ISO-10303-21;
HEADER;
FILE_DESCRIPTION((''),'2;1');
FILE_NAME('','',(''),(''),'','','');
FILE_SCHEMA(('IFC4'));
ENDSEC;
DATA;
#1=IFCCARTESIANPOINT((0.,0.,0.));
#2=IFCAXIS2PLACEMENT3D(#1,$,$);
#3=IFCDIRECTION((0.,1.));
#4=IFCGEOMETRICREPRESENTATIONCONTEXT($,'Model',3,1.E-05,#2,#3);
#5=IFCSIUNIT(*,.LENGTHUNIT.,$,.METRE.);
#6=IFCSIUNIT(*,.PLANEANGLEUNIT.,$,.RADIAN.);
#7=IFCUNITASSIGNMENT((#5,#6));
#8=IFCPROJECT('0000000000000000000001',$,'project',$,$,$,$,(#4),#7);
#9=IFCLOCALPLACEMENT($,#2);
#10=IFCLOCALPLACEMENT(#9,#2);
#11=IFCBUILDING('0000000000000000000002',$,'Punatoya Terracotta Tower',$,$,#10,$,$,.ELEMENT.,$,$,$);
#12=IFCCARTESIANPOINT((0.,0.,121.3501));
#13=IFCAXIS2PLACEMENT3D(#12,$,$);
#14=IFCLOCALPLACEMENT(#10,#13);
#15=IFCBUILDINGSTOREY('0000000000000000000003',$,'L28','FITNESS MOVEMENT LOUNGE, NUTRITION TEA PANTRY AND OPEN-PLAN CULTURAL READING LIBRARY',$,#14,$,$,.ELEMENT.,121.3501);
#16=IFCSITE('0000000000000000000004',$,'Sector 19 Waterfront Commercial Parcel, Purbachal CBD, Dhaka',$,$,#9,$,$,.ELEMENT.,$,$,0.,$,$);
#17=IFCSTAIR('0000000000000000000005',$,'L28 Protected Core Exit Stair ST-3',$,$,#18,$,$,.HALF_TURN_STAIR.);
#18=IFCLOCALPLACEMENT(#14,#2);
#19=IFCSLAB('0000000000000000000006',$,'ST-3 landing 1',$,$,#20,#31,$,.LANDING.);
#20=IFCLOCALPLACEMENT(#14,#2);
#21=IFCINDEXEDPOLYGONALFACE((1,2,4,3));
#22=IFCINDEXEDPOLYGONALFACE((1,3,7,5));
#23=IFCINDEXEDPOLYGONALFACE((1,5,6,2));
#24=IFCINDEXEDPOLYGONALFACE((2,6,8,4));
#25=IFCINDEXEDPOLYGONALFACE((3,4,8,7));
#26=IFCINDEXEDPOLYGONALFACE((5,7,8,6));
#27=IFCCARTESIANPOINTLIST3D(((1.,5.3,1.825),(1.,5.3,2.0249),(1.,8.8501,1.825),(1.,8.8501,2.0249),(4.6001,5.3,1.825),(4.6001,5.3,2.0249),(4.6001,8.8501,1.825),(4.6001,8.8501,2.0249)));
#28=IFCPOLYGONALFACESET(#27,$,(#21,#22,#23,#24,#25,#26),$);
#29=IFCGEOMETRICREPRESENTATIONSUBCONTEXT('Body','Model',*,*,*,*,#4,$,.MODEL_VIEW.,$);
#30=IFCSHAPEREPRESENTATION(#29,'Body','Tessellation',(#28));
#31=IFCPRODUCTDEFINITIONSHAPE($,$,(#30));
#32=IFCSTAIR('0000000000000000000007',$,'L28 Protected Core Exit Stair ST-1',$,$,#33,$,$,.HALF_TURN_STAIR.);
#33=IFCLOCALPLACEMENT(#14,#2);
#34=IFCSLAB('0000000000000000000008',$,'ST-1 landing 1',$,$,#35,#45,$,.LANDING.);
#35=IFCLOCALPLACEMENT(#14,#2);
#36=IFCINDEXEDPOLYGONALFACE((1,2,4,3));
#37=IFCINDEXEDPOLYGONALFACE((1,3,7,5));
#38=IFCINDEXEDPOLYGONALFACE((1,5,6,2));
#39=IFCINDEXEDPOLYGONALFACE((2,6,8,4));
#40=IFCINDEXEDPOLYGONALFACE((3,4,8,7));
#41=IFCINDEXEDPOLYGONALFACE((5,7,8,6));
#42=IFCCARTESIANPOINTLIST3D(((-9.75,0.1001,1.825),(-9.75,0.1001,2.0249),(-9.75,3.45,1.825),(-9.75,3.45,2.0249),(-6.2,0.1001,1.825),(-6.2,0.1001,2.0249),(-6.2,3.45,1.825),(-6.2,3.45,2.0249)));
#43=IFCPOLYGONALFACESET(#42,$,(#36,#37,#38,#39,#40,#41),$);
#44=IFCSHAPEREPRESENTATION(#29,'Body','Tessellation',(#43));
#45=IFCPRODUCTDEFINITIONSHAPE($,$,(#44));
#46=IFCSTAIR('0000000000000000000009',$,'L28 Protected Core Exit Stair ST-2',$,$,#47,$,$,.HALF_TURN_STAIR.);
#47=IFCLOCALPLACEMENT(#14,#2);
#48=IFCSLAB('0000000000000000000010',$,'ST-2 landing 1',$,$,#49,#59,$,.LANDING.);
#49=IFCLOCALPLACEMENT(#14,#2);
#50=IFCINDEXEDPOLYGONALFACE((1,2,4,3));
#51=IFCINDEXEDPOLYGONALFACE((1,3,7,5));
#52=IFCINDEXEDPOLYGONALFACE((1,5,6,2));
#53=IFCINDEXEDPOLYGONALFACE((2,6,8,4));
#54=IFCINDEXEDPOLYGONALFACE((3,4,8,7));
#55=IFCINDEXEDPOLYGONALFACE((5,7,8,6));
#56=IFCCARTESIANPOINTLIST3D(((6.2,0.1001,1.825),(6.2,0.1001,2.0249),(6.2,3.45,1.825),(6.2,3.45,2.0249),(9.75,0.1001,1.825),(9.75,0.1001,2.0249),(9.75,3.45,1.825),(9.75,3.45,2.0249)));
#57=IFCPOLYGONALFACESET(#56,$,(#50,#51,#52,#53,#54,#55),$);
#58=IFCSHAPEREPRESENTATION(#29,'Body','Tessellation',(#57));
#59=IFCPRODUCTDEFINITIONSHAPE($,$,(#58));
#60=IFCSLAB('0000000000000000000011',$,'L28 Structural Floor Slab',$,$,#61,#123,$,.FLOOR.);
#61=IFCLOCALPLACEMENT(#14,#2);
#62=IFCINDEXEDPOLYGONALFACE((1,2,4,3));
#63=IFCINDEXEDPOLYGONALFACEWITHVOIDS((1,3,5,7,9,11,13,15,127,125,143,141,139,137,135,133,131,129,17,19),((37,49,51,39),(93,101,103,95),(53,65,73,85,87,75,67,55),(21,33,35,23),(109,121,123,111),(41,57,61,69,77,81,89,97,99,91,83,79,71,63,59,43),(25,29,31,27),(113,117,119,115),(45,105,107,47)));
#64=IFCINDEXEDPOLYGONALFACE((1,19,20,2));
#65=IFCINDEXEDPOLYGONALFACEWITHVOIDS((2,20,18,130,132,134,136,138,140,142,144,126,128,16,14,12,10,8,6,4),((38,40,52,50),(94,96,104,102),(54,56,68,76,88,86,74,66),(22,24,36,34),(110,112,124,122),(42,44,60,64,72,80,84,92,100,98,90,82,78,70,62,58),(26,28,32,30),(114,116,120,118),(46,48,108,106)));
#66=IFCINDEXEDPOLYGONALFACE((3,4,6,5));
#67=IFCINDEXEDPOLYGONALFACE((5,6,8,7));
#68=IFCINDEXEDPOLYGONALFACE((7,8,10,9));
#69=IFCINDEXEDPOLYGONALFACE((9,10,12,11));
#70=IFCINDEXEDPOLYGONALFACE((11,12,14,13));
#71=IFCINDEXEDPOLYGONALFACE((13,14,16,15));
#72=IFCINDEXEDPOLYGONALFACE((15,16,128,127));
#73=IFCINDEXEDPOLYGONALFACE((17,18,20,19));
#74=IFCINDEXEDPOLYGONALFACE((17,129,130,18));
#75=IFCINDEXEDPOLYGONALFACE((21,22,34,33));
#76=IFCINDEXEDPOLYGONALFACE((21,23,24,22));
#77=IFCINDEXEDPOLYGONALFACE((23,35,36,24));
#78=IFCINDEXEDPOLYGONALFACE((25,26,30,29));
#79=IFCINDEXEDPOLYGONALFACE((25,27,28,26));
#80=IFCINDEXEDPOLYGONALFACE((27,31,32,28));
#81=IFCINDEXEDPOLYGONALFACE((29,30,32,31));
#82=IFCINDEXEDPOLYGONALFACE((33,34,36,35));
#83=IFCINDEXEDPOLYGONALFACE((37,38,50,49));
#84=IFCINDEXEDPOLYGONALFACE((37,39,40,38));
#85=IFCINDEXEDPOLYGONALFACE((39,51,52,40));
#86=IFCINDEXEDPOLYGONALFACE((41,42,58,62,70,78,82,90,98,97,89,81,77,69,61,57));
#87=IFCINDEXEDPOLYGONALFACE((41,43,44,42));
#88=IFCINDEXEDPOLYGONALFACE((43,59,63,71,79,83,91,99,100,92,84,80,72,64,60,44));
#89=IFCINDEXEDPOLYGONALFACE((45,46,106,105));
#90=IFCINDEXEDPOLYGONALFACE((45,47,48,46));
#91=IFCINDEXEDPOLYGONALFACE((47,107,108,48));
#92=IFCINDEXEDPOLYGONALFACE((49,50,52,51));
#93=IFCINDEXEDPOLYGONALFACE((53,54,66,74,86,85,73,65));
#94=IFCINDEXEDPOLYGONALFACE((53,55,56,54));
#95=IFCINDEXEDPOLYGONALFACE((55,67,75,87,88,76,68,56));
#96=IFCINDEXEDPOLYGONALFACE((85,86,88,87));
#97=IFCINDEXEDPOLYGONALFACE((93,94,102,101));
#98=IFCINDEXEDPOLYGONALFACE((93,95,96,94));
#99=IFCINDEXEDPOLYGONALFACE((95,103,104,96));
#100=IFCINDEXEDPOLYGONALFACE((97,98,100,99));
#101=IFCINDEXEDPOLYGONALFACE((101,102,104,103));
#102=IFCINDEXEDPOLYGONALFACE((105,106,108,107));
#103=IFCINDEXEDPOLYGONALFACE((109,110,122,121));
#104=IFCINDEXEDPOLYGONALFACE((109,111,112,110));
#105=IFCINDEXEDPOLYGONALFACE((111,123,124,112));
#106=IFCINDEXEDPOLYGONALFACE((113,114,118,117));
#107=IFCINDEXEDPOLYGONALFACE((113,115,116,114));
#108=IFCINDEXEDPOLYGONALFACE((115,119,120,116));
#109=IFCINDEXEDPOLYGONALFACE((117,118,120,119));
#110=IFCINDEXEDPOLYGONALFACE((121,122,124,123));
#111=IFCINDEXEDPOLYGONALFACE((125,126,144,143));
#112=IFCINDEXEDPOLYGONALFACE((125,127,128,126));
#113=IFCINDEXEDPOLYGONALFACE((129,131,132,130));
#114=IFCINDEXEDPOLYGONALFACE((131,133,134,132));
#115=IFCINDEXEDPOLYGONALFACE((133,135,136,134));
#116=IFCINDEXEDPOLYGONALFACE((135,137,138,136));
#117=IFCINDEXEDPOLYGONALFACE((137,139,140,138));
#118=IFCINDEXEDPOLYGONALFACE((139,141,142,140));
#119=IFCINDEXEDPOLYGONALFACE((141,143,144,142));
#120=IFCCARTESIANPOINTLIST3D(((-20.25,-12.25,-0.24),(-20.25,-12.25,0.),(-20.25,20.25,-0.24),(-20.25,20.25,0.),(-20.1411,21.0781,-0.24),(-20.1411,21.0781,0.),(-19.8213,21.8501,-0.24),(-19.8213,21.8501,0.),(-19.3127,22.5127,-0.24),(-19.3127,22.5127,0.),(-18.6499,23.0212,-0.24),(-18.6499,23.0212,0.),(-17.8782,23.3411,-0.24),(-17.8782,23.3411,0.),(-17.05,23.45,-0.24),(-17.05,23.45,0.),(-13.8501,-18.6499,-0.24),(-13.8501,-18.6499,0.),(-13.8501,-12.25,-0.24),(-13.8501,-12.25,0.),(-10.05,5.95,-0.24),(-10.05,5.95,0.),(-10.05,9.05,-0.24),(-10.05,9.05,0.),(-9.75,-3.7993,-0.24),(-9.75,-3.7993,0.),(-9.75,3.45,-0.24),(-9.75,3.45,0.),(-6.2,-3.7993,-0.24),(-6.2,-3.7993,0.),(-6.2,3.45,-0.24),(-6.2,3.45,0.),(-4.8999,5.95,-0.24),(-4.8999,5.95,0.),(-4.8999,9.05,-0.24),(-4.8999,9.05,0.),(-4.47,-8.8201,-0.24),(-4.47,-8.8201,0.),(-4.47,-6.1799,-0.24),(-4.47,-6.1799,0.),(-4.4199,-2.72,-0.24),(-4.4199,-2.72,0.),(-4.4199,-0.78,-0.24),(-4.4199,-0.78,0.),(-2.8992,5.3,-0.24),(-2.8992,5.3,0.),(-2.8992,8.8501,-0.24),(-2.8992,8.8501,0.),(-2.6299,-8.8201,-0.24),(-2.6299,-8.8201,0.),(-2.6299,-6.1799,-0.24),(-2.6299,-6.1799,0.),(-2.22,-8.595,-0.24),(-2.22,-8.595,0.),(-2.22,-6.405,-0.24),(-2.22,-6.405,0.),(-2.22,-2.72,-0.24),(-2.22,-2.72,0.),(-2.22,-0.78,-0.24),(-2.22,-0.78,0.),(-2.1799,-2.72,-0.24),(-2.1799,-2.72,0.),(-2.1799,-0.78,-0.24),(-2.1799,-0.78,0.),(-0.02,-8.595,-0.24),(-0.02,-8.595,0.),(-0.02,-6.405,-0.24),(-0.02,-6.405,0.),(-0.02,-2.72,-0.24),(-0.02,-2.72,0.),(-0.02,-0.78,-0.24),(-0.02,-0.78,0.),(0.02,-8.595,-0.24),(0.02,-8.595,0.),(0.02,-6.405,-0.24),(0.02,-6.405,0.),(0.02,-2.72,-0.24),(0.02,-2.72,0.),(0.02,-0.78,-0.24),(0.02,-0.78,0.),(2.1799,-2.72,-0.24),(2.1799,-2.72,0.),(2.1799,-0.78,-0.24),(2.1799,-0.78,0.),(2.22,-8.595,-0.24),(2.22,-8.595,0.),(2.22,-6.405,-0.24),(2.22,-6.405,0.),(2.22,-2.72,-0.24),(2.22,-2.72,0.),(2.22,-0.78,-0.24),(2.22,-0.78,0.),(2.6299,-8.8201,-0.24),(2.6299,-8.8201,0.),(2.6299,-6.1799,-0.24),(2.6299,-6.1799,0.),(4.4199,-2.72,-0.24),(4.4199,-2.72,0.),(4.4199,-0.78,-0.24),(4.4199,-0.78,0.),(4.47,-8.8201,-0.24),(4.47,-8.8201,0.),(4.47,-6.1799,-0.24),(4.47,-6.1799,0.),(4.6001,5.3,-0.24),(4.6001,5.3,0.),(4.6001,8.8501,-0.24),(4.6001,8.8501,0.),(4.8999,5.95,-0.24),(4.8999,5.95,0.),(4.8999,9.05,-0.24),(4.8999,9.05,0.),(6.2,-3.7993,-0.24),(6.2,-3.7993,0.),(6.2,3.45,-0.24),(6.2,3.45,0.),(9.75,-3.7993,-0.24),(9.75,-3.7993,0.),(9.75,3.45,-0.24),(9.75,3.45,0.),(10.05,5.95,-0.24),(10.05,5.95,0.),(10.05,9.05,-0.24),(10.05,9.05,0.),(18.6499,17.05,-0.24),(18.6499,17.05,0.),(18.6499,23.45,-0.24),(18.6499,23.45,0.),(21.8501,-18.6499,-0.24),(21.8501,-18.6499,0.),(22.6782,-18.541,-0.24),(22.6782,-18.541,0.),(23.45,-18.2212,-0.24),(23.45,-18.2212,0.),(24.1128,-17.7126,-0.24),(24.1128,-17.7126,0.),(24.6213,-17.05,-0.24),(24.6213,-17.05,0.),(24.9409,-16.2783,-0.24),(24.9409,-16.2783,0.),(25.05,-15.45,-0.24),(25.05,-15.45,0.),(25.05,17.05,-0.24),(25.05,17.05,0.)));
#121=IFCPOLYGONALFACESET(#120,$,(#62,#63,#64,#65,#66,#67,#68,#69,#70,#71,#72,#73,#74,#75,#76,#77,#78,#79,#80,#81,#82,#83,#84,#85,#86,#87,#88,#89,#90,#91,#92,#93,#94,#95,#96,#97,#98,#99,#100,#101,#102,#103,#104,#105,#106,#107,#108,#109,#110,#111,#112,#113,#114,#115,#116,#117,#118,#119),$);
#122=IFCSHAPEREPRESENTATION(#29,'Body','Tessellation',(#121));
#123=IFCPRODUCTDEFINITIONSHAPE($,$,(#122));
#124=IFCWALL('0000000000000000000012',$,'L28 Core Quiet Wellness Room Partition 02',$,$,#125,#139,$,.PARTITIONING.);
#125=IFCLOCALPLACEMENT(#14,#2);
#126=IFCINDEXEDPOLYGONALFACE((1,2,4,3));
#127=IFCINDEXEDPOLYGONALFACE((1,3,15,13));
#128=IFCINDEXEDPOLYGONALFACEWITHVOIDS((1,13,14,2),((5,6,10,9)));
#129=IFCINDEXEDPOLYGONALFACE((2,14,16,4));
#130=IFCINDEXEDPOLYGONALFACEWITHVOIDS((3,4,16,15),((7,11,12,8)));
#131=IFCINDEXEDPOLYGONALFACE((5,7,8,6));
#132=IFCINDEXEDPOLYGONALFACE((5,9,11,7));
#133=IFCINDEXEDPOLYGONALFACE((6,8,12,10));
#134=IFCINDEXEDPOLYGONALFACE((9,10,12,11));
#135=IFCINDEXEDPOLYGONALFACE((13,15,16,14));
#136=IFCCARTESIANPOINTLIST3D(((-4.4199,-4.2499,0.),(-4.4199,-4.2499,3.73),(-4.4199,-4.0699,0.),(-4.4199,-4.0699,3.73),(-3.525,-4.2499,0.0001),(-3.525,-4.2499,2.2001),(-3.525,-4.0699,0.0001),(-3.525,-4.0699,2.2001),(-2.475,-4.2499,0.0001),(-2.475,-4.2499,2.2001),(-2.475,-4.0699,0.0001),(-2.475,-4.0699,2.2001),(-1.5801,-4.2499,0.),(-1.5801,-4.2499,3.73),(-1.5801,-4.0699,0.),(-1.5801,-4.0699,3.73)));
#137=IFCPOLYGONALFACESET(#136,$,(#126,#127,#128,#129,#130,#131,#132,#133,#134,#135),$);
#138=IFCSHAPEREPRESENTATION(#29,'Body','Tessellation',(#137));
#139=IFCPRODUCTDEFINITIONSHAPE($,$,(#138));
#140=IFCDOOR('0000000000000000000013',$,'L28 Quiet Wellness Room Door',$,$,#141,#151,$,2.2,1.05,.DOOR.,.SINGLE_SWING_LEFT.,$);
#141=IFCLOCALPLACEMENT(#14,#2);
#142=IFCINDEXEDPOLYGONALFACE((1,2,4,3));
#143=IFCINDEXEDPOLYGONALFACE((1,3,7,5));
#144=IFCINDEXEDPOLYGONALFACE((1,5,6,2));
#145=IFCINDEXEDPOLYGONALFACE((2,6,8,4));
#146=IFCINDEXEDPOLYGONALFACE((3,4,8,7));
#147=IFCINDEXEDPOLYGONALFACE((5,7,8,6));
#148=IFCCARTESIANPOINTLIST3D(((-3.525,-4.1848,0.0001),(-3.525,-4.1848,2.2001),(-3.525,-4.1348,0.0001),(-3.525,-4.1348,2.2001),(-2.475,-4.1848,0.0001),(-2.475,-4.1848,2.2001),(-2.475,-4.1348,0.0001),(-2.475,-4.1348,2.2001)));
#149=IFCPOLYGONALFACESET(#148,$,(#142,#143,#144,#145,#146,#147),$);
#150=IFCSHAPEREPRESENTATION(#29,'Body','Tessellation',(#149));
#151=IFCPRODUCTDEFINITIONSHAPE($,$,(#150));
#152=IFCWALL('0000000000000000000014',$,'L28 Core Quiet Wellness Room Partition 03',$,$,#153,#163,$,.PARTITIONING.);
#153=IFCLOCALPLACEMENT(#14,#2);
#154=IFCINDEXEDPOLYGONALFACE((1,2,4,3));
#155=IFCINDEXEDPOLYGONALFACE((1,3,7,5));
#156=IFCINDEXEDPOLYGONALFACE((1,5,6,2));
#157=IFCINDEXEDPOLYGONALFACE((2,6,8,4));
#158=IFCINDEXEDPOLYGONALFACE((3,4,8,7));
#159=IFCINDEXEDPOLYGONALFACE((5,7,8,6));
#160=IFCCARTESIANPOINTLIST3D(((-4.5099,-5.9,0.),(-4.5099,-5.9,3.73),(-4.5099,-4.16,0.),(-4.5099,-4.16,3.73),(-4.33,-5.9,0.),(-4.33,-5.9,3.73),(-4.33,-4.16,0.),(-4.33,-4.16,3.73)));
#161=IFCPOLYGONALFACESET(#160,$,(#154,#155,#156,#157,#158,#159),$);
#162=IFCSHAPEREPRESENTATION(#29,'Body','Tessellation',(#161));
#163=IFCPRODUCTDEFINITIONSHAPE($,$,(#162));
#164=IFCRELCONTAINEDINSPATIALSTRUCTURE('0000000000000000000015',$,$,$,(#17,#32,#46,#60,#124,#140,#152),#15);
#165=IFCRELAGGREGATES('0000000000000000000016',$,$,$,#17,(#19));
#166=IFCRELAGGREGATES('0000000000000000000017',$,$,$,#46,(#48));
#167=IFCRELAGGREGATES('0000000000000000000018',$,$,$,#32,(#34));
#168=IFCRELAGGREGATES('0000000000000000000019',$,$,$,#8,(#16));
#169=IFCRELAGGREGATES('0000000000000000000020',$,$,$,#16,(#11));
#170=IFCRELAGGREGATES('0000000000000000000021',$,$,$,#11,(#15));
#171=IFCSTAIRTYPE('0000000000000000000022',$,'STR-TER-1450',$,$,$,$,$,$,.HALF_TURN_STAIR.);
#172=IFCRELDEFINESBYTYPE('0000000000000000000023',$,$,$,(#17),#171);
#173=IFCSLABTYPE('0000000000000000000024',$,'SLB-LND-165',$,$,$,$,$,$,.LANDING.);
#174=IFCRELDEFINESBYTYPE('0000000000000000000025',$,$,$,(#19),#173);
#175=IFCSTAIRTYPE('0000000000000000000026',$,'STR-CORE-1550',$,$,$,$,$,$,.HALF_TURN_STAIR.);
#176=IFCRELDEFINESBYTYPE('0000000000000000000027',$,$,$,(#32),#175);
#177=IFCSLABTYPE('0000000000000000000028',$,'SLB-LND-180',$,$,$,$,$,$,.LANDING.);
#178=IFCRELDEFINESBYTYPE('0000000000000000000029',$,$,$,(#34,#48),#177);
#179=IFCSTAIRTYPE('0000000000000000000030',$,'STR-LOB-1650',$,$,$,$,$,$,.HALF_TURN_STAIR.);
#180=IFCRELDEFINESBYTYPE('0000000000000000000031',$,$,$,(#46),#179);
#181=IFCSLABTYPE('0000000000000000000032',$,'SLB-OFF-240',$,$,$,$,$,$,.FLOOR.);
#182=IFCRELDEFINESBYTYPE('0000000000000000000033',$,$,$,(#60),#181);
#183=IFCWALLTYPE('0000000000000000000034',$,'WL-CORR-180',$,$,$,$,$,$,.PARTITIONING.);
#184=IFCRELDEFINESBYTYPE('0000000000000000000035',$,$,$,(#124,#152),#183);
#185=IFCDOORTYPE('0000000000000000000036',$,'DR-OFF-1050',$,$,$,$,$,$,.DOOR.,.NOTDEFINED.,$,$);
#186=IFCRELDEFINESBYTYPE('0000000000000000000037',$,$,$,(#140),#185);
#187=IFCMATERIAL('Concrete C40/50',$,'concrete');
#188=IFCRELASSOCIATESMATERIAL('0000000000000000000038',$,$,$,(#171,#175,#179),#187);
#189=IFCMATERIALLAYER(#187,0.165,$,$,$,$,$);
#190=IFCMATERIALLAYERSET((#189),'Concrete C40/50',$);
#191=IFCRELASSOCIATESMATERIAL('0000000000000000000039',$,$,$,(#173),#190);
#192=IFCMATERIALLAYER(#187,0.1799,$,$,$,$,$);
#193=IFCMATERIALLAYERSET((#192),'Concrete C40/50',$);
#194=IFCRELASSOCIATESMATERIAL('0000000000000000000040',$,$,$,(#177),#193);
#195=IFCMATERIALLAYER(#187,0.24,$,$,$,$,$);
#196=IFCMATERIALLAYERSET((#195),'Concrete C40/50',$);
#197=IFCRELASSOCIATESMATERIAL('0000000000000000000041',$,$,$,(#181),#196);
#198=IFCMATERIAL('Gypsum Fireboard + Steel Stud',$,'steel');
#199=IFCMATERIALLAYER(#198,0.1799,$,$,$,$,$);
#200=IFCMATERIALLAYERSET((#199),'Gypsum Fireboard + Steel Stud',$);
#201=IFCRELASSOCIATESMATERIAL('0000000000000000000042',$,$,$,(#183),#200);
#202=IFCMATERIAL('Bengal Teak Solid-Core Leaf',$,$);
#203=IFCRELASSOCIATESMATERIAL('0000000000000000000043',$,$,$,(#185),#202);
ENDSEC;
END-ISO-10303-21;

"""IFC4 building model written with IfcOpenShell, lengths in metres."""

from ifc_helpers import new_model, si_unit, direction, frame, frame_2d, origin, place, context, subcontext, project, spatial, polyline, rectangle, outline, extrude, material, layer, layer_set, type_object, element, fill, aggregate, save


model = new_model("IFC4")

# Units and contexts
model_context = context("Model", 3, precision=1e-05, world=origin(), true_north=direction((0.0, 1.0)))
body_context = subcontext(model_context, "Body", "Model", "MODEL_VIEW")
ifc_project = project(units=[si_unit("LENGTHUNIT", "METRE"), si_unit("PLANEANGLEUNIT", "RADIAN")], contexts=[model_context])

# Site, building, storey
site_placement = place(None, origin())
site = spatial("IfcSite", under=ifc_project, at=site_placement, Name="Sector 19 Waterfront Commercial Parcel, Purbachal CBD, Dhaka", CompositionType="ELEMENT", RefElevation=0.0)
building_placement = place(site_placement, origin())
building = spatial("IfcBuilding", under=site, at=building_placement, Name="Punatoya Terracotta Tower", CompositionType="ELEMENT")
storey_placement = place(building_placement, frame((0.0, 0.0, 121.3501)))
storey = spatial("IfcBuildingStorey", under=building, at=storey_placement, Name="L28", Description="FITNESS MOVEMENT LOUNGE, NUTRITION TEA PANTRY AND OPEN-PLAN CULTURAL READING LIBRARY", CompositionType="ELEMENT", Elevation=121.3501)

# Stairs, slabs
ifc_material_1 = material(Name="Concrete C40/50", Category="concrete")
stair_type_1 = type_object("IfcStairType", Name="STR-TER-1450", PredefinedType="HALF_TURN_STAIR", material=ifc_material_1)
stair_1_placement = place(storey_placement, origin())
stair_1 = element("IfcStair", 1, at=stair_1_placement, inside=storey, type_object=stair_type_1, Name="L28 Protected Core Exit Stair ST-3", PredefinedType="HALF_TURN_STAIR")
ifc_layer_1 = layer(ifc_material_1, 0.165)
ifc_layer_set_1 = layer_set([ifc_layer_1], Name="Concrete C40/50")
slab_type_1 = type_object("IfcSlabType", Name="SLB-LND-165", PredefinedType="LANDING", material=ifc_layer_set_1)
slab_1_placement = place(storey_placement, frame((0.0, 0.0, 1.825)))
slab_1 = element("IfcSlab", 2, at=slab_1_placement, type_object=slab_type_1, Name="ST-3 landing 1", PredefinedType="LANDING", context=body_context, shape_type="SweptSolid", body=[
    extrude(outline(polyline([(1.0, 5.3), (4.6001, 5.3), (4.6001, 8.8501), (1.0, 8.8501), (1.0, 5.3)])), origin(), (0.0, 0.0, 1.0), 0.2),
])
aggregate(stair_1, [slab_1])
stair_type_2 = type_object("IfcStairType", Name="STR-CORE-1550", PredefinedType="HALF_TURN_STAIR", material=ifc_material_1)
stair_2_placement = place(storey_placement, origin())
stair_2 = element("IfcStair", 3, at=stair_2_placement, inside=storey, type_object=stair_type_2, Name="L28 Protected Core Exit Stair ST-1", PredefinedType="HALF_TURN_STAIR")
ifc_layer_2 = layer(ifc_material_1, 0.1799)
ifc_layer_set_2 = layer_set([ifc_layer_2], Name="Concrete C40/50")
slab_type_2 = type_object("IfcSlabType", Name="SLB-LND-180", PredefinedType="LANDING", material=ifc_layer_set_2)
slab_2_placement = place(storey_placement, frame((0.0, 0.0, 1.825)))
slab_2 = element("IfcSlab", 4, at=slab_2_placement, type_object=slab_type_2, Name="ST-1 landing 1", PredefinedType="LANDING", context=body_context, shape_type="SweptSolid", body=[
    extrude(outline(polyline([(-6.2, 0.1001), (-6.2, 3.45), (-9.75, 3.45), (-9.75, 0.1001), (-6.2, 0.1001)])), origin(), (0.0, 0.0, 1.0), 0.2),
])
stair_type_3 = type_object("IfcStairType", Name="STR-LOB-1650", PredefinedType="HALF_TURN_STAIR", material=ifc_material_1)
stair_3_placement = place(storey_placement, origin())
stair_3 = element("IfcStair", 5, at=stair_3_placement, inside=storey, type_object=stair_type_3, Name="L28 Protected Core Exit Stair ST-2", PredefinedType="HALF_TURN_STAIR")
slab_3_placement = place(storey_placement, frame((0.0, 0.0, 1.825)))
slab_3 = element("IfcSlab", 6, at=slab_3_placement, type_object=slab_type_2, Name="ST-2 landing 1", PredefinedType="LANDING", context=body_context, shape_type="SweptSolid", body=[
    extrude(outline(polyline([(9.75, 0.1001), (9.75, 3.45), (6.2, 3.45), (6.2, 0.1001), (9.75, 0.1001)])), origin(), (0.0, 0.0, 1.0), 0.2),
])
aggregate(stair_3, [slab_3])

# Slab
ifc_layer_3 = layer(ifc_material_1, 0.24)
ifc_layer_set_3 = layer_set([ifc_layer_3], Name="Concrete C40/50")
slab_type_3 = type_object("IfcSlabType", Name="SLB-OFF-240", PredefinedType="FLOOR", material=ifc_layer_set_3)
slab_4_placement = place(storey_placement, frame((0.0, 0.0, -0.24)))
element("IfcSlab", 7, at=slab_4_placement, inside=storey, type_object=slab_type_3, Name="L28 Structural Floor Slab", PredefinedType="FLOOR", context=body_context, shape_type="SweptSolid", body=[
    extrude(outline(polyline([(-13.8501, -18.6499), (-13.8501, -12.25), (-20.25, -12.25), (-20.25, 20.25), (-20.1411, 21.0781), (-19.8213, 21.8501), (-19.3127, 22.5127), (-18.6499, 23.0212), (-17.8782, 23.3411), (-17.05, 23.45), (18.6499, 23.45), (18.6499, 17.05), (25.05, 17.05), (25.05, -15.45), (24.9409, -16.2783), (24.6213, -17.05), (24.1128, -17.7126), (23.45, -18.2212), (22.6782, -18.541), (21.8501, -18.6499), (-13.8501, -18.6499)]), holes=[polyline([(-2.6299, -6.1799), (-4.47, -6.1799), (-4.47, -8.8201), (-2.6299, -8.8201), (-2.6299, -6.1799)]), polyline([(0.02, -8.595), (2.22, -8.595), (2.22, -6.405), (0.02, -6.405), (-0.02, -6.405), (-2.22, -6.405), (-2.22, -8.595), (-0.02, -8.595), (0.02, -8.595)]), polyline([(-2.22, -2.72), (-2.1799, -2.72), (-0.02, -2.72), (0.02, -2.72), (2.1799, -2.72), (2.22, -2.72), (4.4199, -2.72), (4.4199, -0.78), (2.22, -0.78), (2.1799, -0.78), (0.02, -0.78), (-0.02, -0.78), (-2.1799, -0.78), (-2.22, -0.78), (-4.4199, -0.78), (-4.4199, -2.72), (-2.22, -2.72)]), polyline([(-6.2, 3.45), (-9.75, 3.45), (-9.75, -3.7993), (-6.2, -3.7993), (-6.2, 3.45)]), polyline([(4.6001, 5.3), (4.6001, 8.8501), (-2.8992, 8.8501), (-2.8992, 5.3), (4.6001, 5.3)]), polyline([(-4.8999, 9.05), (-10.05, 9.05), (-10.05, 5.95), (-4.8999, 5.95), (-4.8999, 9.05)]), polyline([(4.47, -8.8201), (4.47, -6.1799), (2.6299, -6.1799), (2.6299, -8.8201), (4.47, -8.8201)]), polyline([(9.75, 3.45), (6.2, 3.45), (6.2, -3.7993), (9.75, -3.7993), (9.75, 3.45)]), polyline([(10.05, 5.95), (10.05, 9.05), (4.8999, 9.05), (4.8999, 5.95), (10.05, 5.95)])]), origin(), (0.0, 0.0, 1.0), 0.24),
])

# Wall, opening, door
ifc_material_2 = material(Name="Gypsum Fireboard + Steel Stud", Category="steel")
ifc_layer_4 = layer(ifc_material_2, 0.1799)
ifc_layer_set_4 = layer_set([ifc_layer_4], Name="Gypsum Fireboard + Steel Stud")
wall_type_1 = type_object("IfcWallType", Name="WL-CORR-180", PredefinedType="PARTITIONING", material=ifc_layer_set_4)
wall_1_placement = place(storey_placement, frame((-1.5801, -4.1599, 0.0), z_axis=(0.0, 0.0, 1.0), x_axis=(-1.0, 0.0, 0.0)))
wall_1 = element("IfcWall", 8, at=wall_1_placement, inside=storey, type_object=wall_type_1, Name="L28 Core Quiet Wellness Room Partition 02", PredefinedType="PARTITIONING", context=body_context, shape_type="SweptSolid", body=[
    extrude(rectangle(XDim=2.8398, YDim=0.1799, at=frame_2d((1.4199, 0.0))), origin(), (0.0, 0.0, 1.0), 3.73),
])
opening_1_placement = place(wall_1_placement, frame((0.895, 0.0, 0.0)))
opening_1 = element("IfcOpeningElement", 9, at=opening_1_placement, cuts=wall_1, PredefinedType="OPENING", context=body_context, shape_type="SweptSolid", body=[
    extrude(rectangle(XDim=1.05, YDim=2.2, at=frame_2d((0.5249, 1.1001))), frame((0.0, 0.0999, 0.0), z_axis=(0.0, -1.0, 0.0), x_axis=(1.0, 0.0, 0.0)), (0.0, 0.0, 1.0), 0.2),
])
ifc_material_3 = material(Name="Bengal Teak Solid-Core Leaf")
door_type_1 = type_object("IfcDoorType", Name="DR-OFF-1050", OperationType="NOTDEFINED", PredefinedType="DOOR", material=ifc_material_3)
door_1_placement = place(opening_1_placement, origin())
door_1 = element("IfcDoor", 10, at=door_1_placement, inside=storey, type_object=door_type_1, Name="L28 Quiet Wellness Room Door", OperationType="SINGLE_SWING_LEFT", OverallHeight=2.2, OverallWidth=1.05, PredefinedType="DOOR", context=body_context, shape_type="SweptSolid", body=[
    extrude(rectangle(XDim=1.05, YDim=2.2, at=frame_2d((0.5249, 1.1001))), frame((0.0, 0.0249, 0.0), z_axis=(0.0, -1.0, 0.0), x_axis=(1.0, 0.0, 0.0)), (0.0, 0.0, 1.0), 0.05),
])
fill(opening_1, door_1)

# Wall
wall_2_placement = place(storey_placement, frame((-4.4199, -4.1599, 0.0), z_axis=(0.0, 0.0, 1.0), x_axis=(0.0, -1.0, 0.0)))
element("IfcWall", 11, at=wall_2_placement, inside=storey, type_object=wall_type_1, Name="L28 Core Quiet Wellness Room Partition 03", PredefinedType="PARTITIONING", context=body_context, shape_type="SweptSolid", body=[
    extrude(rectangle(XDim=1.74, YDim=0.1799, at=frame_2d((0.8701, 0.0))), origin(), (0.0, 0.0, 1.0), 3.73),
])

aggregate(stair_2, [slab_2])

save(model, "model.ifc")
